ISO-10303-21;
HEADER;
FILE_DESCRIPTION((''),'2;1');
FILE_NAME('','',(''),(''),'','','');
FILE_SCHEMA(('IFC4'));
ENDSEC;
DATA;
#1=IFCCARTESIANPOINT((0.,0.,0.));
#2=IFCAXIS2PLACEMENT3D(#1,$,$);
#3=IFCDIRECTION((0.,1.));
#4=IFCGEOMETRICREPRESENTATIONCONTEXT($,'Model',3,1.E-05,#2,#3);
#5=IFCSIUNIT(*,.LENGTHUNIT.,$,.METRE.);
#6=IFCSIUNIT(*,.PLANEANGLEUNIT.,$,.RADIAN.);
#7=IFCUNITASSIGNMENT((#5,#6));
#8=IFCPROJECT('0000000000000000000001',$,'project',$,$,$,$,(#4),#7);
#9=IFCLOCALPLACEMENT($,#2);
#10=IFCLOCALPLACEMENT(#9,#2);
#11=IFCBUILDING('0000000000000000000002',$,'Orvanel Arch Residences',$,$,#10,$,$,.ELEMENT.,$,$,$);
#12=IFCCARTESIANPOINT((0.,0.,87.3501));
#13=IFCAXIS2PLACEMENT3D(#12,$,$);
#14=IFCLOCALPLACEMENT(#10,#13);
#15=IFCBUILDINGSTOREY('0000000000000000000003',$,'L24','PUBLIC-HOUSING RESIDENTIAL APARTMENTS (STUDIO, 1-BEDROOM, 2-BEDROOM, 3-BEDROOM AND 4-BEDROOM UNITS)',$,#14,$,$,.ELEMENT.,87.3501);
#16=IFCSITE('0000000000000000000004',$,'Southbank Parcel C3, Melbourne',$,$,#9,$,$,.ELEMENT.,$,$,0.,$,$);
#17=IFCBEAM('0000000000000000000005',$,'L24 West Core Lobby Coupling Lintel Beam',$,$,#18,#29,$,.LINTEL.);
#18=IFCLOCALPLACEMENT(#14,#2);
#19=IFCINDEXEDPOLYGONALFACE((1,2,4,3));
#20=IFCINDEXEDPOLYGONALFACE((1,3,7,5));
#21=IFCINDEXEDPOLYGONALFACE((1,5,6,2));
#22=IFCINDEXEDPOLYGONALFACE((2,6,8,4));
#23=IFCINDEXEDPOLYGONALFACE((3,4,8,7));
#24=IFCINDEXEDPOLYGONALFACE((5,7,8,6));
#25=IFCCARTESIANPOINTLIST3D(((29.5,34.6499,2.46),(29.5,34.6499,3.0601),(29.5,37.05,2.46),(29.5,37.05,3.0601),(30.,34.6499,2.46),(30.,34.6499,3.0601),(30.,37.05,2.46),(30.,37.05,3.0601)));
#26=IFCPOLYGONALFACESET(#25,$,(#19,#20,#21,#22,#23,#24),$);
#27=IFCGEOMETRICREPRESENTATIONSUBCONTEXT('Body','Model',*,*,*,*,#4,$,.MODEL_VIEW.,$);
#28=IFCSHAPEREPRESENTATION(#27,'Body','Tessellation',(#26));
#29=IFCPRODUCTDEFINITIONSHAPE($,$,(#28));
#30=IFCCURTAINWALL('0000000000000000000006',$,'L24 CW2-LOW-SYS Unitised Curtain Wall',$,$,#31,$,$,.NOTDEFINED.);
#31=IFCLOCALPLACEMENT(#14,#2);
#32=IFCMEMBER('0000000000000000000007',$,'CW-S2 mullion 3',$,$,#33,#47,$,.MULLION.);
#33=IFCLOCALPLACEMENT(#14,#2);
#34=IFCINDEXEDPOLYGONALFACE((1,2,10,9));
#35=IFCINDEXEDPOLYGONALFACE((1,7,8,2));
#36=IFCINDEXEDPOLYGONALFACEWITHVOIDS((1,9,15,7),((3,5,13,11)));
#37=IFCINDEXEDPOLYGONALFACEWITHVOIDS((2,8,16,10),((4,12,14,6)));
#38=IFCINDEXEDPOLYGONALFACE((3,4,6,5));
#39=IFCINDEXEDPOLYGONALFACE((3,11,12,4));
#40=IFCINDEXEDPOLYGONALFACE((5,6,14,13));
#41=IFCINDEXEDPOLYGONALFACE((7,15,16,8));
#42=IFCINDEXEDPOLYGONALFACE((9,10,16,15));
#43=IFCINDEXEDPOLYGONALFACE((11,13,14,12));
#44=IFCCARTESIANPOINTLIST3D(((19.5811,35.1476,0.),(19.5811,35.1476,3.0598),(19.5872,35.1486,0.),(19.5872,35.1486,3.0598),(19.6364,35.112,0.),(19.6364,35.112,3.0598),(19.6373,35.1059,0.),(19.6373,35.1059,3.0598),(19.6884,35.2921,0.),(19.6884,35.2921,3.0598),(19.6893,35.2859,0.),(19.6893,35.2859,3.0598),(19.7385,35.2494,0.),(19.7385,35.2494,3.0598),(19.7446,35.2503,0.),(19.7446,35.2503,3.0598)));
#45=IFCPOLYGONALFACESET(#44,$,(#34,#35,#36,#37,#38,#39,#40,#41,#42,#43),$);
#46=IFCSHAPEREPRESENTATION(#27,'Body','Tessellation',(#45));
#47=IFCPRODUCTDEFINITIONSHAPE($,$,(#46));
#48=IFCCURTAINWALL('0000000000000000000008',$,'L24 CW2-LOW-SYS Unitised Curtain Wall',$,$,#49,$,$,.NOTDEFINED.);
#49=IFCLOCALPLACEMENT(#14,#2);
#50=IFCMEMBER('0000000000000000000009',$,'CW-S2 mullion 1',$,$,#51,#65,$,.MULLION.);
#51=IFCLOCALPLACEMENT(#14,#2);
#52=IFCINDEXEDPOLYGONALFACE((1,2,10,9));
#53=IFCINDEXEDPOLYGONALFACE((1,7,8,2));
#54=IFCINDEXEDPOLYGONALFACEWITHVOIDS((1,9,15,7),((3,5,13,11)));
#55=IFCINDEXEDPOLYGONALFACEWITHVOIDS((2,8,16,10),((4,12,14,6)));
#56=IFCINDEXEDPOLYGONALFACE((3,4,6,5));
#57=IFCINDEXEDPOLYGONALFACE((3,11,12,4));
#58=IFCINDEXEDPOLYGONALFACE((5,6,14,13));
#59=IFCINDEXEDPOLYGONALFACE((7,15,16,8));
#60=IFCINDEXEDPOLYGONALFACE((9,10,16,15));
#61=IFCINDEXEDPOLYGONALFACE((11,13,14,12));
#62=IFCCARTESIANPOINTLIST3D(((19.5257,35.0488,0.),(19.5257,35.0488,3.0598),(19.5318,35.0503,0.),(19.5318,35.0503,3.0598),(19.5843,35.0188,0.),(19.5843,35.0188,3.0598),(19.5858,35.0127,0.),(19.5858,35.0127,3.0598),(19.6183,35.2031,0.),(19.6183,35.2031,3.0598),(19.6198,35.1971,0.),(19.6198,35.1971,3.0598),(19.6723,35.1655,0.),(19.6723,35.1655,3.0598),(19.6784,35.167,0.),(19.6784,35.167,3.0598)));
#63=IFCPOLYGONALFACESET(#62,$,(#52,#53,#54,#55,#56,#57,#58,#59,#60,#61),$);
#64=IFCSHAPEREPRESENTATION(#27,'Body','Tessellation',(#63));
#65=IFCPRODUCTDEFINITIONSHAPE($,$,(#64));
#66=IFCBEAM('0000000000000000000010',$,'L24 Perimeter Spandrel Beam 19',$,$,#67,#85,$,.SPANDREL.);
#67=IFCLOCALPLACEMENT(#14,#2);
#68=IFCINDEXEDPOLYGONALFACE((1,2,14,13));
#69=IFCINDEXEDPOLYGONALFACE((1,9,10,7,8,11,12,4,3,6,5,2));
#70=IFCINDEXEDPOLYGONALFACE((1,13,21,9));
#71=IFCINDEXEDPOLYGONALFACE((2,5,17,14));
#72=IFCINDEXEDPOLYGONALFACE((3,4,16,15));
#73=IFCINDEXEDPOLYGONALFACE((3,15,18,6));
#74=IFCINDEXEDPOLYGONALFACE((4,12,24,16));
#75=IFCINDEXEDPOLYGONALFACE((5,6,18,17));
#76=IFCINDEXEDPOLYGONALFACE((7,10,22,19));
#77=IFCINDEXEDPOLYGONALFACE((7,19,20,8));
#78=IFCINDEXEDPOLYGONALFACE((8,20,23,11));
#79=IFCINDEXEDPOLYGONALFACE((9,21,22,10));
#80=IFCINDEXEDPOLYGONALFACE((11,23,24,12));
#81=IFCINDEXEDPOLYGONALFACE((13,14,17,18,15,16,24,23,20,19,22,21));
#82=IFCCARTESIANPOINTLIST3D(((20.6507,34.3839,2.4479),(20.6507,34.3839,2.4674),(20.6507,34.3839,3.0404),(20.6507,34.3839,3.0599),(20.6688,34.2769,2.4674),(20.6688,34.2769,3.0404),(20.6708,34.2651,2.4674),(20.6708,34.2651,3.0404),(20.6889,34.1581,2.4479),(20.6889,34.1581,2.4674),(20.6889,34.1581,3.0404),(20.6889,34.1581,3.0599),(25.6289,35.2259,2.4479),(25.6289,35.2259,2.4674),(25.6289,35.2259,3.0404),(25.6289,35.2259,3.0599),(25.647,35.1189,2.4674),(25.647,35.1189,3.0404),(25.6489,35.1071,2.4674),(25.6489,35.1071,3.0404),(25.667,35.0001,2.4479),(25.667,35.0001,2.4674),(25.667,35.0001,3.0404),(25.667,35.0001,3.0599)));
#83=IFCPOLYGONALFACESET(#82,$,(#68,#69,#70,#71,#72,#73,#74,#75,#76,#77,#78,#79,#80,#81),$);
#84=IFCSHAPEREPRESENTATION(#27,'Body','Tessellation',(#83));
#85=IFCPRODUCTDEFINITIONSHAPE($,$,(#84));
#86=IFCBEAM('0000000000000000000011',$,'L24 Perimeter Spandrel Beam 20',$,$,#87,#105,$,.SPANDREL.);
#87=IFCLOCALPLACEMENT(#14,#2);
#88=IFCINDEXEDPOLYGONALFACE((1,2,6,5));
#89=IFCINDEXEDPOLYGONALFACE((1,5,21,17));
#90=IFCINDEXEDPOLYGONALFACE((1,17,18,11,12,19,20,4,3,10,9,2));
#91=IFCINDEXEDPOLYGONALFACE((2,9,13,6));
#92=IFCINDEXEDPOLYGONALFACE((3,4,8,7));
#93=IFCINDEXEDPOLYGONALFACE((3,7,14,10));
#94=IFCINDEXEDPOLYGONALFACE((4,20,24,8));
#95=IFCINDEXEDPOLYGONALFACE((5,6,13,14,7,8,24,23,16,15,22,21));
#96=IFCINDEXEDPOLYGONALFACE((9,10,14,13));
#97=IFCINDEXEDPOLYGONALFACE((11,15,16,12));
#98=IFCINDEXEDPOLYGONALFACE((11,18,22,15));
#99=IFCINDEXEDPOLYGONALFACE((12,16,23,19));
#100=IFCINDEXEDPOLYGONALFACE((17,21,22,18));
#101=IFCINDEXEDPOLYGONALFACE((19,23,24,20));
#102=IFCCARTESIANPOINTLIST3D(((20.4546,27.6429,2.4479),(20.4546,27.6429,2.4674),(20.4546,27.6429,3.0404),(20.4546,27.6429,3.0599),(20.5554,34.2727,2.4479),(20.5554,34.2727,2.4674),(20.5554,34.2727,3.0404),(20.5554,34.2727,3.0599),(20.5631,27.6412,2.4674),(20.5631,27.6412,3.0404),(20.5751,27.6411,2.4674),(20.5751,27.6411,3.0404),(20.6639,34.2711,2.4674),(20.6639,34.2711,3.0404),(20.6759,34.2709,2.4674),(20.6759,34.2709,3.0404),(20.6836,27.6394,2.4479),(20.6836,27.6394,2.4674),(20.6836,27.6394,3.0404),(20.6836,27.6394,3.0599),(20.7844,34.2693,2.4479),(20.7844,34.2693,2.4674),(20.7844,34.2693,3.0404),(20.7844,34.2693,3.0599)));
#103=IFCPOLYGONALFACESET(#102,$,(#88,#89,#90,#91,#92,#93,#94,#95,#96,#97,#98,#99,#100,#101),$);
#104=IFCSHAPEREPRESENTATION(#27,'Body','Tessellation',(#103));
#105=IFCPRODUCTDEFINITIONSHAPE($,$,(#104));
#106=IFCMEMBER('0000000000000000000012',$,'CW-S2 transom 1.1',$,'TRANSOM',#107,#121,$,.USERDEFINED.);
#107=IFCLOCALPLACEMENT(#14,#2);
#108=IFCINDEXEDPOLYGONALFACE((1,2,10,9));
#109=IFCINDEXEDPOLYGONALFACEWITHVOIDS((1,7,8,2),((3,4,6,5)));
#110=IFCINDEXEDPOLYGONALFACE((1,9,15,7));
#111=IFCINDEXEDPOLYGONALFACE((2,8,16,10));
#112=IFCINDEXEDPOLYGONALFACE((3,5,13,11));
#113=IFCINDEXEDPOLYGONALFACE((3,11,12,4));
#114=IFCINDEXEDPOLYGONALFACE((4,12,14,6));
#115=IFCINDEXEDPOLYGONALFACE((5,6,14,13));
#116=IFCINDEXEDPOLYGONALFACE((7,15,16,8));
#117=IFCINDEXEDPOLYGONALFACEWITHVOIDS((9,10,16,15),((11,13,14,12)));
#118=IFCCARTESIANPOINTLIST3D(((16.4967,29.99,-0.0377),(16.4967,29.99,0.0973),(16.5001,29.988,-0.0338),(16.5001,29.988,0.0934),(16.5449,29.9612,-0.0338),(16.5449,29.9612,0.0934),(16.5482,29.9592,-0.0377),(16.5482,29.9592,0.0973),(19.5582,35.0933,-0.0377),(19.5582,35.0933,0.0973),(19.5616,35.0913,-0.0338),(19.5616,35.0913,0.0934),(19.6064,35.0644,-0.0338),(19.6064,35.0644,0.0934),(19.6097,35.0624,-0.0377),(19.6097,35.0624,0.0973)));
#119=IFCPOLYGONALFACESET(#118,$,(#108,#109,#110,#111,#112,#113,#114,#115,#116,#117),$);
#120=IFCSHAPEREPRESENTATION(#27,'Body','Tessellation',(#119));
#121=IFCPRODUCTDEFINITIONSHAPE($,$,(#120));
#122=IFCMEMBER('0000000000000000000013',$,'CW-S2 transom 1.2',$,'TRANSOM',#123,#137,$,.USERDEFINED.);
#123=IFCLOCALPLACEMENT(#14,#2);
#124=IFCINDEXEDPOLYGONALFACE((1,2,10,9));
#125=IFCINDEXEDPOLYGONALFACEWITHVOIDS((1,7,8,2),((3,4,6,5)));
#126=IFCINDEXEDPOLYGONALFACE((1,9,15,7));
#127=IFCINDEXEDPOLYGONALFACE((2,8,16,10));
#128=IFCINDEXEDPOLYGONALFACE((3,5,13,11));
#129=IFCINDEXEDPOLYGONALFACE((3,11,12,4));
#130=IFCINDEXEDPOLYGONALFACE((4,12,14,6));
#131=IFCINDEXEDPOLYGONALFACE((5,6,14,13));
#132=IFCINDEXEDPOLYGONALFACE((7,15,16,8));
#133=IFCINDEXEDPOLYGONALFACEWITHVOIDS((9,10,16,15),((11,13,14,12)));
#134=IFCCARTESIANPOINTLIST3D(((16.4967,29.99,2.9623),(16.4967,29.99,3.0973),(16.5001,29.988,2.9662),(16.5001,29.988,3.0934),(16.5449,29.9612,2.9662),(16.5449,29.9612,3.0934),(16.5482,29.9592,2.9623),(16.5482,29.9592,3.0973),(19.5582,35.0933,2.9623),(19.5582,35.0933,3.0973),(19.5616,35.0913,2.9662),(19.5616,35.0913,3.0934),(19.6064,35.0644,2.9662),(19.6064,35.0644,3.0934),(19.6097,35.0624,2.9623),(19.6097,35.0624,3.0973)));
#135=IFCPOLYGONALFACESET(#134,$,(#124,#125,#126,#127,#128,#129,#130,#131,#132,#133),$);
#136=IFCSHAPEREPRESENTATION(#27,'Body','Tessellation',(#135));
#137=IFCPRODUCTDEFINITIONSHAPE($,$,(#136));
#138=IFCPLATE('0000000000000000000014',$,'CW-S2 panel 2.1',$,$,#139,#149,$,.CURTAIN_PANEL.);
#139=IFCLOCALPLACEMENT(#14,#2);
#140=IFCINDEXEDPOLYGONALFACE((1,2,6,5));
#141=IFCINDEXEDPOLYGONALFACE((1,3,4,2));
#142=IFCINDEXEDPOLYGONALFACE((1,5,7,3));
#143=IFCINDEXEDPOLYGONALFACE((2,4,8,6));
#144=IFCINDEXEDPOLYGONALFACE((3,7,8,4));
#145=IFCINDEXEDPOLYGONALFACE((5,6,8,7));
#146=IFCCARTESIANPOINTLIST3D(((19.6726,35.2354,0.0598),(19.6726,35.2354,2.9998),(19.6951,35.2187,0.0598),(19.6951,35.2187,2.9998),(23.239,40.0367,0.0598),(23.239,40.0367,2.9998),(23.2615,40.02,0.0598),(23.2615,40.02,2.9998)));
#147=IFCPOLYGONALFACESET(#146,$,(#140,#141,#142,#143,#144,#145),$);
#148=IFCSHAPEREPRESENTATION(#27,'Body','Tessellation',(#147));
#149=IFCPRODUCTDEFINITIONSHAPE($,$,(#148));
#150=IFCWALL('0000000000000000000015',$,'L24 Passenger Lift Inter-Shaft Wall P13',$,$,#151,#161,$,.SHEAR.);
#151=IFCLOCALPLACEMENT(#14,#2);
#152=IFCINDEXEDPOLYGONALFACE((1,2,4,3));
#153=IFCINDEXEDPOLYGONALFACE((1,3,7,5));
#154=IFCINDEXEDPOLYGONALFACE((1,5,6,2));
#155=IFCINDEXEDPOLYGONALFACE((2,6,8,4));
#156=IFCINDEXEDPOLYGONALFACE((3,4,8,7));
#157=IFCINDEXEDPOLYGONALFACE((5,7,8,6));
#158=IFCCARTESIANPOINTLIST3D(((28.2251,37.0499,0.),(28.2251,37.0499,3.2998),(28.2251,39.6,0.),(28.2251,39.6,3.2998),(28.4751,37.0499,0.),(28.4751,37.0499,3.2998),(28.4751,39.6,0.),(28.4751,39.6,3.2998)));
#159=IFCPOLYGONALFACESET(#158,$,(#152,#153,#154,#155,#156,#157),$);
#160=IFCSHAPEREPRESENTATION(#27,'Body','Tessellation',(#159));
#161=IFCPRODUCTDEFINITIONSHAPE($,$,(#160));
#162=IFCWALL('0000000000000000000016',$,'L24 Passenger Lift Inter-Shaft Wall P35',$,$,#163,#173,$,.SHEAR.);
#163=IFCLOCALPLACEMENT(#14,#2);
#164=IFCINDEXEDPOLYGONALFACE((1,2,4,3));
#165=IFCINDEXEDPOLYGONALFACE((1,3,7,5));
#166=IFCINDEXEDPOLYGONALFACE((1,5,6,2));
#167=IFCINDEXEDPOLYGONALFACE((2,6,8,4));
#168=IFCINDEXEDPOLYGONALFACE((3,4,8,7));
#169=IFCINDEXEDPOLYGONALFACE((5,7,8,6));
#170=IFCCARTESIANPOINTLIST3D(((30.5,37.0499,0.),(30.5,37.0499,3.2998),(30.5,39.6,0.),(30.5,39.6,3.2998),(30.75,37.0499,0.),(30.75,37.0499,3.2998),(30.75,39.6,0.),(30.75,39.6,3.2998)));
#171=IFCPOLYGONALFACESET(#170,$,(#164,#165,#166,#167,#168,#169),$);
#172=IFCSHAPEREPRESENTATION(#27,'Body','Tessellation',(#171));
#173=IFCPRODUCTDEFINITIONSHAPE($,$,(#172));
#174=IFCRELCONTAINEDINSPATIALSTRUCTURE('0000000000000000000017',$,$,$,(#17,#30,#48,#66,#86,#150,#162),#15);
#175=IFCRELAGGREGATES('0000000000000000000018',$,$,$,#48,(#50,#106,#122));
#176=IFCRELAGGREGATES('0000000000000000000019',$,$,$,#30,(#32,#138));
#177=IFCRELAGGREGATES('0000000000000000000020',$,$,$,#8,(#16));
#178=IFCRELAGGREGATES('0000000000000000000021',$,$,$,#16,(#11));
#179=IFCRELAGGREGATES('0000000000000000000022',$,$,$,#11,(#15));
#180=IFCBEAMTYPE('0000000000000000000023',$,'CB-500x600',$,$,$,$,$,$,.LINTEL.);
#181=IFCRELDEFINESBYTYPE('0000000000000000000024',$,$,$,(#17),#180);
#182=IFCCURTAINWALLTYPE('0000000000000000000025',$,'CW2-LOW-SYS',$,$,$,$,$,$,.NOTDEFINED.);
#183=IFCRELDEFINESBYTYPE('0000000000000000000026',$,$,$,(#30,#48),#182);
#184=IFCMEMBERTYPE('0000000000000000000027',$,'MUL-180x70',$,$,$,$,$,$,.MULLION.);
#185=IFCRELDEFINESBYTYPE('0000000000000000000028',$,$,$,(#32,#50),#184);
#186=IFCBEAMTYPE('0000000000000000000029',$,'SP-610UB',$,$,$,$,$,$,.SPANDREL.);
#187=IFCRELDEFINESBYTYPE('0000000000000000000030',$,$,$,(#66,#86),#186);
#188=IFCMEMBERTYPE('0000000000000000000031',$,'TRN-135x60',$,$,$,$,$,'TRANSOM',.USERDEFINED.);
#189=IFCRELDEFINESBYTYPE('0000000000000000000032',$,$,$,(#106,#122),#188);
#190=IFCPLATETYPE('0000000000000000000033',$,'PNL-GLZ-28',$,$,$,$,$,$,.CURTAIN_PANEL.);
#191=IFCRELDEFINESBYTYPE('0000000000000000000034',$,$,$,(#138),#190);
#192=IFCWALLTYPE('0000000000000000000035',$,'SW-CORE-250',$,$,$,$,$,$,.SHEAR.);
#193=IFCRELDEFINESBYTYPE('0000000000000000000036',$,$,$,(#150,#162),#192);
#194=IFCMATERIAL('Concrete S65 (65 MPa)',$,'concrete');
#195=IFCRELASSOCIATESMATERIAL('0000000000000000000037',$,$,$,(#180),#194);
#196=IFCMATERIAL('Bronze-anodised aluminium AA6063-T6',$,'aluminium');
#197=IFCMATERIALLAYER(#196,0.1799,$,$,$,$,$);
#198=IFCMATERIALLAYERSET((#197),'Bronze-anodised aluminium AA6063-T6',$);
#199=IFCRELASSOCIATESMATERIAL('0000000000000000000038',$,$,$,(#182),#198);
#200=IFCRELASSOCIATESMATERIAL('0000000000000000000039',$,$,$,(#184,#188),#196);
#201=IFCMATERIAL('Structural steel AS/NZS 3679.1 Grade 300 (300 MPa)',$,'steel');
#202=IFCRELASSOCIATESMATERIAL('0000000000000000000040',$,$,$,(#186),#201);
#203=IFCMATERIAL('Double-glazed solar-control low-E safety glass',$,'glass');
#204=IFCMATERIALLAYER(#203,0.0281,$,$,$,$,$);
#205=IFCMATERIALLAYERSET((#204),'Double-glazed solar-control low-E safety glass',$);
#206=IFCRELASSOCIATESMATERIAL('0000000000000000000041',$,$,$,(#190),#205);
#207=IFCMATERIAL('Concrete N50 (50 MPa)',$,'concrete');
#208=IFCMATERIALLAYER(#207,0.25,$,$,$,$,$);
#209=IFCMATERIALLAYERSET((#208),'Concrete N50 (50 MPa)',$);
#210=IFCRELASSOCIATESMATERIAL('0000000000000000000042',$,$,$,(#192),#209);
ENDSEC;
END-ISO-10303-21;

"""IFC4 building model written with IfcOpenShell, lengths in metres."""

from ifc_helpers import new_model, si_unit, direction, frame, frame_2d, origin, origin_2d, place, context, subcontext, project, spatial, rectangle, hollow_rectangle, i_section, extrude, material, layer, layer_set, material_profile, profile_set, type_object, element, aggregate, save


model = new_model("IFC4")

# Units and contexts
model_context = context("Model", 3, precision=1e-05, world=origin(), true_north=direction((0.0, 1.0)))
body_context = subcontext(model_context, "Body", "Model", "MODEL_VIEW")
ifc_project = project(units=[si_unit("LENGTHUNIT", "METRE"), si_unit("PLANEANGLEUNIT", "RADIAN")], contexts=[model_context])

# Site, building, storey
site_placement = place(None, origin())
site = spatial("IfcSite", under=ifc_project, at=site_placement, Name="Southbank Parcel C3, Melbourne", CompositionType="ELEMENT", RefElevation=0.0)
building_placement = place(site_placement, origin())
building = spatial("IfcBuilding", under=site, at=building_placement, Name="Orvanel Arch Residences", CompositionType="ELEMENT")
storey_placement = place(building_placement, frame((0.0, 0.0, 87.3501)))
storey = spatial("IfcBuildingStorey", under=building, at=storey_placement, Name="L24", Description="PUBLIC-HOUSING RESIDENTIAL APARTMENTS (STUDIO, 1-BEDROOM, 2-BEDROOM, 3-BEDROOM AND 4-BEDROOM UNITS)", CompositionType="ELEMENT", Elevation=87.3501)

# Beam
ifc_material_1 = material(Name="Structural steel AS/NZS 3679.1 Grade 300 (300 MPa)", Category="steel")
ifc_material_2 = material(Name="Concrete S65 (65 MPa)", Category="concrete")
ifc_material_profile_1 = material_profile(ifc_material_2, rectangle(XDim=0.5, YDim=0.6001, at=origin_2d()), Name="RC500x600")
ifc_profile_set_1 = profile_set([ifc_material_profile_1], Name="Concrete S65 (65 MPa)")
beam_type_1 = type_object("IfcBeamType", Name="CB-500x600", PredefinedType="LINTEL", material=ifc_profile_set_1)
beam_1_placement = place(storey_placement, frame((29.75, 34.6499, 2.76), z_axis=(0.0, 1.0, 0.0), x_axis=(-1.0, 0.0, 0.0)))
element("IfcBeam", 1, at=beam_1_placement, inside=storey, type_object=beam_type_1, Name="L24 West Core Lobby Coupling Lintel Beam", PredefinedType="LINTEL", context=body_context, shape_type="SweptSolid", body=[
    extrude(rectangle(XDim=0.5, YDim=0.6001, at=origin_2d()), origin(), (0.0, 0.0, 1.0), 2.4001),
])

# Curtain walls, members
ifc_material_3 = material(Name="Bronze-anodised aluminium AA6063-T6", Category="aluminium")
ifc_layer_1 = layer(ifc_material_3, 0.1799)
ifc_layer_set_1 = layer_set([ifc_layer_1], Name="Bronze-anodised aluminium AA6063-T6")
curtain_wall_type = type_object("IfcCurtainWallType", Name="CW2-LOW-SYS", PredefinedType="NOTDEFINED", material=ifc_layer_set_1)
curtain_wall_1_placement = place(storey_placement, origin())
curtain_wall_1 = element("IfcCurtainWall", 2, at=curtain_wall_1_placement, inside=storey, type_object=curtain_wall_type, Name="L24 CW2-LOW-SYS Unitised Curtain Wall", PredefinedType="NOTDEFINED")
ifc_material_profile_2 = material_profile(ifc_material_3, hollow_rectangle(XDim=0.0701, YDim=0.1799, WallThickness=0.0044, at=origin_2d()), Name="ALU180x70x4.5")
ifc_profile_set_2 = profile_set([ifc_material_profile_2], Name="Bronze-anodised aluminium AA6063-T6")
member_type_1 = type_object("IfcMemberType", Name="MUL-180x70", PredefinedType="MULLION", material=ifc_profile_set_2)
member_1_placement = place(storey_placement, frame((19.6628, 35.199, 0.0), z_axis=(0.0, 0.0, 1.0), x_axis=(0.802762, -0.5963, 0.0)))
member_1 = element("IfcMember", 3, at=member_1_placement, type_object=member_type_1, Name="CW-S2 mullion 3", PredefinedType="MULLION", context=body_context, shape_type="SweptSolid", body=[
    extrude(hollow_rectangle(XDim=0.0701, YDim=0.1799, WallThickness=0.0044, at=origin_2d()), origin(), (0.0, 0.0, 1.0), 3.0598),
])
curtain_wall_2_placement = place(storey_placement, origin())
curtain_wall_2 = element("IfcCurtainWall", 4, at=curtain_wall_2_placement, inside=storey, type_object=curtain_wall_type, Name="L24 CW2-LOW-SYS Unitised Curtain Wall", PredefinedType="NOTDEFINED")
member_2_placement = place(storey_placement, frame((19.6021, 35.1079, 0.0), z_axis=(0.0, 0.0, 1.0), x_axis=(0.857537, -0.514423, 0.0)))
member_2 = element("IfcMember", 5, at=member_2_placement, type_object=member_type_1, Name="CW-S2 mullion 1", PredefinedType="MULLION", context=body_context, shape_type="SweptSolid", body=[
    extrude(hollow_rectangle(XDim=0.0701, YDim=0.1799, WallThickness=0.0044, at=origin_2d()), origin(), (0.0, 0.0, 1.0), 3.0598),
])

# Beams
ifc_material_profile_3 = material_profile(ifc_material_1, i_section(OverallWidth=0.229, OverallDepth=0.6121, WebThickness=0.012, FlangeThickness=0.0195, at=origin_2d()), Name="610UB125")
ifc_profile_set_3 = profile_set([ifc_material_profile_3], Name="Structural steel AS/NZS 3679.1 Grade 300 (300 MPa)")
beam_type_2 = type_object("IfcBeamType", Name="SP-610UB", PredefinedType="SPANDREL", material=ifc_profile_set_3)
beam_2_placement = place(storey_placement, frame((25.6479, 35.113, 2.7539), z_axis=(-0.985994, -0.166782, 0.0), x_axis=(0.166782, -0.985994, 0.0)))
element("IfcBeam", 6, at=beam_2_placement, inside=storey, type_object=beam_type_2, Name="L24 Perimeter Spandrel Beam 19", PredefinedType="SPANDREL", context=body_context, shape_type="SweptSolid", body=[
    extrude(i_section(OverallWidth=0.229, OverallDepth=0.6121, WebThickness=0.012, FlangeThickness=0.0195, at=origin_2d()), origin(), (0.0, 0.0, 1.0), 5.0488),
])
beam_3_placement = place(storey_placement, frame((20.6699, 34.271, 2.7539), z_axis=(-0.015207, -0.999884, 0.0), x_axis=(0.999884, -0.015207, 0.0)))
element("IfcBeam", 7, at=beam_3_placement, inside=storey, type_object=beam_type_2, Name="L24 Perimeter Spandrel Beam 20", PredefinedType="SPANDREL", context=body_context, shape_type="SweptSolid", body=[
    extrude(i_section(OverallWidth=0.229, OverallDepth=0.6121, WebThickness=0.012, FlangeThickness=0.0195, at=origin_2d()), origin(), (0.0, 0.0, 1.0), 6.6306),
])

# Members
ifc_material_profile_4 = material_profile(ifc_material_3, hollow_rectangle(XDim=0.0601, YDim=0.135, WallThickness=0.0039, at=origin_2d()), Name="ALU135x60x4")
ifc_profile_set_4 = profile_set([ifc_material_profile_4], Name="Bronze-anodised aluminium AA6063-T6")
member_type_2 = type_object("IfcMemberType", Name="TRN-135x60", ElementType="TRANSOM", PredefinedType="USERDEFINED", material=ifc_profile_set_4)
member_3_placement = place(storey_placement, frame((19.584, 35.0779, 0.0298), z_axis=(-0.514441, -0.857526, 0.0), x_axis=(0.857526, -0.514441, 0.0)))
member_3 = element("IfcMember", 8, at=member_3_placement, type_object=member_type_2, Name="CW-S2 transom 1.1", ObjectType="TRANSOM", PredefinedType="USERDEFINED", context=body_context, shape_type="SweptSolid", body=[
    extrude(hollow_rectangle(XDim=0.0601, YDim=0.135, WallThickness=0.0039, at=origin_2d()), origin(), (0.0, 0.0, 1.0), 5.9512),
])
member_4_placement = place(storey_placement, frame((19.584, 35.0779, 3.0298), z_axis=(-0.514441, -0.857526, 0.0), x_axis=(0.857526, -0.514441, 0.0)))
member_4 = element("IfcMember", 9, at=member_4_placement, type_object=member_type_2, Name="CW-S2 transom 1.2", ObjectType="TRANSOM", PredefinedType="USERDEFINED", context=body_context, shape_type="SweptSolid", body=[
    extrude(hollow_rectangle(XDim=0.0601, YDim=0.135, WallThickness=0.0039, at=origin_2d()), origin(), (0.0, 0.0, 1.0), 5.9512),
])
aggregate(curtain_wall_2, [member_2, member_3, member_4])

# Plate
ifc_material_4 = material(Name="Double-glazed solar-control low-E safety glass", Category="glass")
ifc_layer_2 = layer(ifc_material_4, 0.0281)
ifc_layer_set_2 = layer_set([ifc_layer_2], Name="Double-glazed solar-control low-E safety glass")
plate_type = type_object("IfcPlateType", Name="PNL-GLZ-28", PredefinedType="CURTAIN_PANEL", material=ifc_layer_set_2)
plate_placement = place(storey_placement, frame((21.467, 37.6277, 0.0598), z_axis=(0.0, 0.0, 1.0), x_axis=(-0.5963, -0.802762, 0.0)))
plate = element("IfcPlate", 10, at=plate_placement, type_object=plate_type, Name="CW-S2 panel 2.1", PredefinedType="CURTAIN_PANEL", context=body_context, shape_type="SweptSolid", body=[
    extrude(rectangle(XDim=5.981, YDim=0.0281, at=origin_2d()), origin(), (0.0, 0.0, 1.0), 2.9399),
])
aggregate(curtain_wall_1, [member_1, plate])

# Walls
ifc_material_5 = material(Name="Concrete N50 (50 MPa)", Category="concrete")
ifc_layer_3 = layer(ifc_material_5, 0.25)
ifc_layer_set_3 = layer_set([ifc_layer_3], Name="Concrete N50 (50 MPa)")
wall_type_1 = type_object("IfcWallType", Name="SW-CORE-250", PredefinedType="SHEAR", material=ifc_layer_set_3)
for number, where, z_axis, x_axis, name in (
    (11, (28.3501, 37.05, 0.0), (0.0, 0.0, 1.0), (0.0, 1.0, 0.0), "L24 Passenger Lift Inter-Shaft Wall P13"),
    (12, (30.625, 37.05, 0.0), (0.0, 0.0, 1.0), (0.0, 1.0, 0.0), "L24 Passenger Lift Inter-Shaft Wall P35"),
):
    element("IfcWall", number, at=place(storey_placement, frame(where, z_axis=z_axis, x_axis=x_axis)), inside=storey, type_object=wall_type_1, Name=name, PredefinedType="SHEAR", context=body_context, shape_type="SweptSolid", body=[
        extrude(rectangle(XDim=2.55, YDim=0.25, at=frame_2d((1.2749, 0.0))), origin(), (0.0, 0.0, 1.0), 3.2998),
    ])

save(model, "model.ifc")
